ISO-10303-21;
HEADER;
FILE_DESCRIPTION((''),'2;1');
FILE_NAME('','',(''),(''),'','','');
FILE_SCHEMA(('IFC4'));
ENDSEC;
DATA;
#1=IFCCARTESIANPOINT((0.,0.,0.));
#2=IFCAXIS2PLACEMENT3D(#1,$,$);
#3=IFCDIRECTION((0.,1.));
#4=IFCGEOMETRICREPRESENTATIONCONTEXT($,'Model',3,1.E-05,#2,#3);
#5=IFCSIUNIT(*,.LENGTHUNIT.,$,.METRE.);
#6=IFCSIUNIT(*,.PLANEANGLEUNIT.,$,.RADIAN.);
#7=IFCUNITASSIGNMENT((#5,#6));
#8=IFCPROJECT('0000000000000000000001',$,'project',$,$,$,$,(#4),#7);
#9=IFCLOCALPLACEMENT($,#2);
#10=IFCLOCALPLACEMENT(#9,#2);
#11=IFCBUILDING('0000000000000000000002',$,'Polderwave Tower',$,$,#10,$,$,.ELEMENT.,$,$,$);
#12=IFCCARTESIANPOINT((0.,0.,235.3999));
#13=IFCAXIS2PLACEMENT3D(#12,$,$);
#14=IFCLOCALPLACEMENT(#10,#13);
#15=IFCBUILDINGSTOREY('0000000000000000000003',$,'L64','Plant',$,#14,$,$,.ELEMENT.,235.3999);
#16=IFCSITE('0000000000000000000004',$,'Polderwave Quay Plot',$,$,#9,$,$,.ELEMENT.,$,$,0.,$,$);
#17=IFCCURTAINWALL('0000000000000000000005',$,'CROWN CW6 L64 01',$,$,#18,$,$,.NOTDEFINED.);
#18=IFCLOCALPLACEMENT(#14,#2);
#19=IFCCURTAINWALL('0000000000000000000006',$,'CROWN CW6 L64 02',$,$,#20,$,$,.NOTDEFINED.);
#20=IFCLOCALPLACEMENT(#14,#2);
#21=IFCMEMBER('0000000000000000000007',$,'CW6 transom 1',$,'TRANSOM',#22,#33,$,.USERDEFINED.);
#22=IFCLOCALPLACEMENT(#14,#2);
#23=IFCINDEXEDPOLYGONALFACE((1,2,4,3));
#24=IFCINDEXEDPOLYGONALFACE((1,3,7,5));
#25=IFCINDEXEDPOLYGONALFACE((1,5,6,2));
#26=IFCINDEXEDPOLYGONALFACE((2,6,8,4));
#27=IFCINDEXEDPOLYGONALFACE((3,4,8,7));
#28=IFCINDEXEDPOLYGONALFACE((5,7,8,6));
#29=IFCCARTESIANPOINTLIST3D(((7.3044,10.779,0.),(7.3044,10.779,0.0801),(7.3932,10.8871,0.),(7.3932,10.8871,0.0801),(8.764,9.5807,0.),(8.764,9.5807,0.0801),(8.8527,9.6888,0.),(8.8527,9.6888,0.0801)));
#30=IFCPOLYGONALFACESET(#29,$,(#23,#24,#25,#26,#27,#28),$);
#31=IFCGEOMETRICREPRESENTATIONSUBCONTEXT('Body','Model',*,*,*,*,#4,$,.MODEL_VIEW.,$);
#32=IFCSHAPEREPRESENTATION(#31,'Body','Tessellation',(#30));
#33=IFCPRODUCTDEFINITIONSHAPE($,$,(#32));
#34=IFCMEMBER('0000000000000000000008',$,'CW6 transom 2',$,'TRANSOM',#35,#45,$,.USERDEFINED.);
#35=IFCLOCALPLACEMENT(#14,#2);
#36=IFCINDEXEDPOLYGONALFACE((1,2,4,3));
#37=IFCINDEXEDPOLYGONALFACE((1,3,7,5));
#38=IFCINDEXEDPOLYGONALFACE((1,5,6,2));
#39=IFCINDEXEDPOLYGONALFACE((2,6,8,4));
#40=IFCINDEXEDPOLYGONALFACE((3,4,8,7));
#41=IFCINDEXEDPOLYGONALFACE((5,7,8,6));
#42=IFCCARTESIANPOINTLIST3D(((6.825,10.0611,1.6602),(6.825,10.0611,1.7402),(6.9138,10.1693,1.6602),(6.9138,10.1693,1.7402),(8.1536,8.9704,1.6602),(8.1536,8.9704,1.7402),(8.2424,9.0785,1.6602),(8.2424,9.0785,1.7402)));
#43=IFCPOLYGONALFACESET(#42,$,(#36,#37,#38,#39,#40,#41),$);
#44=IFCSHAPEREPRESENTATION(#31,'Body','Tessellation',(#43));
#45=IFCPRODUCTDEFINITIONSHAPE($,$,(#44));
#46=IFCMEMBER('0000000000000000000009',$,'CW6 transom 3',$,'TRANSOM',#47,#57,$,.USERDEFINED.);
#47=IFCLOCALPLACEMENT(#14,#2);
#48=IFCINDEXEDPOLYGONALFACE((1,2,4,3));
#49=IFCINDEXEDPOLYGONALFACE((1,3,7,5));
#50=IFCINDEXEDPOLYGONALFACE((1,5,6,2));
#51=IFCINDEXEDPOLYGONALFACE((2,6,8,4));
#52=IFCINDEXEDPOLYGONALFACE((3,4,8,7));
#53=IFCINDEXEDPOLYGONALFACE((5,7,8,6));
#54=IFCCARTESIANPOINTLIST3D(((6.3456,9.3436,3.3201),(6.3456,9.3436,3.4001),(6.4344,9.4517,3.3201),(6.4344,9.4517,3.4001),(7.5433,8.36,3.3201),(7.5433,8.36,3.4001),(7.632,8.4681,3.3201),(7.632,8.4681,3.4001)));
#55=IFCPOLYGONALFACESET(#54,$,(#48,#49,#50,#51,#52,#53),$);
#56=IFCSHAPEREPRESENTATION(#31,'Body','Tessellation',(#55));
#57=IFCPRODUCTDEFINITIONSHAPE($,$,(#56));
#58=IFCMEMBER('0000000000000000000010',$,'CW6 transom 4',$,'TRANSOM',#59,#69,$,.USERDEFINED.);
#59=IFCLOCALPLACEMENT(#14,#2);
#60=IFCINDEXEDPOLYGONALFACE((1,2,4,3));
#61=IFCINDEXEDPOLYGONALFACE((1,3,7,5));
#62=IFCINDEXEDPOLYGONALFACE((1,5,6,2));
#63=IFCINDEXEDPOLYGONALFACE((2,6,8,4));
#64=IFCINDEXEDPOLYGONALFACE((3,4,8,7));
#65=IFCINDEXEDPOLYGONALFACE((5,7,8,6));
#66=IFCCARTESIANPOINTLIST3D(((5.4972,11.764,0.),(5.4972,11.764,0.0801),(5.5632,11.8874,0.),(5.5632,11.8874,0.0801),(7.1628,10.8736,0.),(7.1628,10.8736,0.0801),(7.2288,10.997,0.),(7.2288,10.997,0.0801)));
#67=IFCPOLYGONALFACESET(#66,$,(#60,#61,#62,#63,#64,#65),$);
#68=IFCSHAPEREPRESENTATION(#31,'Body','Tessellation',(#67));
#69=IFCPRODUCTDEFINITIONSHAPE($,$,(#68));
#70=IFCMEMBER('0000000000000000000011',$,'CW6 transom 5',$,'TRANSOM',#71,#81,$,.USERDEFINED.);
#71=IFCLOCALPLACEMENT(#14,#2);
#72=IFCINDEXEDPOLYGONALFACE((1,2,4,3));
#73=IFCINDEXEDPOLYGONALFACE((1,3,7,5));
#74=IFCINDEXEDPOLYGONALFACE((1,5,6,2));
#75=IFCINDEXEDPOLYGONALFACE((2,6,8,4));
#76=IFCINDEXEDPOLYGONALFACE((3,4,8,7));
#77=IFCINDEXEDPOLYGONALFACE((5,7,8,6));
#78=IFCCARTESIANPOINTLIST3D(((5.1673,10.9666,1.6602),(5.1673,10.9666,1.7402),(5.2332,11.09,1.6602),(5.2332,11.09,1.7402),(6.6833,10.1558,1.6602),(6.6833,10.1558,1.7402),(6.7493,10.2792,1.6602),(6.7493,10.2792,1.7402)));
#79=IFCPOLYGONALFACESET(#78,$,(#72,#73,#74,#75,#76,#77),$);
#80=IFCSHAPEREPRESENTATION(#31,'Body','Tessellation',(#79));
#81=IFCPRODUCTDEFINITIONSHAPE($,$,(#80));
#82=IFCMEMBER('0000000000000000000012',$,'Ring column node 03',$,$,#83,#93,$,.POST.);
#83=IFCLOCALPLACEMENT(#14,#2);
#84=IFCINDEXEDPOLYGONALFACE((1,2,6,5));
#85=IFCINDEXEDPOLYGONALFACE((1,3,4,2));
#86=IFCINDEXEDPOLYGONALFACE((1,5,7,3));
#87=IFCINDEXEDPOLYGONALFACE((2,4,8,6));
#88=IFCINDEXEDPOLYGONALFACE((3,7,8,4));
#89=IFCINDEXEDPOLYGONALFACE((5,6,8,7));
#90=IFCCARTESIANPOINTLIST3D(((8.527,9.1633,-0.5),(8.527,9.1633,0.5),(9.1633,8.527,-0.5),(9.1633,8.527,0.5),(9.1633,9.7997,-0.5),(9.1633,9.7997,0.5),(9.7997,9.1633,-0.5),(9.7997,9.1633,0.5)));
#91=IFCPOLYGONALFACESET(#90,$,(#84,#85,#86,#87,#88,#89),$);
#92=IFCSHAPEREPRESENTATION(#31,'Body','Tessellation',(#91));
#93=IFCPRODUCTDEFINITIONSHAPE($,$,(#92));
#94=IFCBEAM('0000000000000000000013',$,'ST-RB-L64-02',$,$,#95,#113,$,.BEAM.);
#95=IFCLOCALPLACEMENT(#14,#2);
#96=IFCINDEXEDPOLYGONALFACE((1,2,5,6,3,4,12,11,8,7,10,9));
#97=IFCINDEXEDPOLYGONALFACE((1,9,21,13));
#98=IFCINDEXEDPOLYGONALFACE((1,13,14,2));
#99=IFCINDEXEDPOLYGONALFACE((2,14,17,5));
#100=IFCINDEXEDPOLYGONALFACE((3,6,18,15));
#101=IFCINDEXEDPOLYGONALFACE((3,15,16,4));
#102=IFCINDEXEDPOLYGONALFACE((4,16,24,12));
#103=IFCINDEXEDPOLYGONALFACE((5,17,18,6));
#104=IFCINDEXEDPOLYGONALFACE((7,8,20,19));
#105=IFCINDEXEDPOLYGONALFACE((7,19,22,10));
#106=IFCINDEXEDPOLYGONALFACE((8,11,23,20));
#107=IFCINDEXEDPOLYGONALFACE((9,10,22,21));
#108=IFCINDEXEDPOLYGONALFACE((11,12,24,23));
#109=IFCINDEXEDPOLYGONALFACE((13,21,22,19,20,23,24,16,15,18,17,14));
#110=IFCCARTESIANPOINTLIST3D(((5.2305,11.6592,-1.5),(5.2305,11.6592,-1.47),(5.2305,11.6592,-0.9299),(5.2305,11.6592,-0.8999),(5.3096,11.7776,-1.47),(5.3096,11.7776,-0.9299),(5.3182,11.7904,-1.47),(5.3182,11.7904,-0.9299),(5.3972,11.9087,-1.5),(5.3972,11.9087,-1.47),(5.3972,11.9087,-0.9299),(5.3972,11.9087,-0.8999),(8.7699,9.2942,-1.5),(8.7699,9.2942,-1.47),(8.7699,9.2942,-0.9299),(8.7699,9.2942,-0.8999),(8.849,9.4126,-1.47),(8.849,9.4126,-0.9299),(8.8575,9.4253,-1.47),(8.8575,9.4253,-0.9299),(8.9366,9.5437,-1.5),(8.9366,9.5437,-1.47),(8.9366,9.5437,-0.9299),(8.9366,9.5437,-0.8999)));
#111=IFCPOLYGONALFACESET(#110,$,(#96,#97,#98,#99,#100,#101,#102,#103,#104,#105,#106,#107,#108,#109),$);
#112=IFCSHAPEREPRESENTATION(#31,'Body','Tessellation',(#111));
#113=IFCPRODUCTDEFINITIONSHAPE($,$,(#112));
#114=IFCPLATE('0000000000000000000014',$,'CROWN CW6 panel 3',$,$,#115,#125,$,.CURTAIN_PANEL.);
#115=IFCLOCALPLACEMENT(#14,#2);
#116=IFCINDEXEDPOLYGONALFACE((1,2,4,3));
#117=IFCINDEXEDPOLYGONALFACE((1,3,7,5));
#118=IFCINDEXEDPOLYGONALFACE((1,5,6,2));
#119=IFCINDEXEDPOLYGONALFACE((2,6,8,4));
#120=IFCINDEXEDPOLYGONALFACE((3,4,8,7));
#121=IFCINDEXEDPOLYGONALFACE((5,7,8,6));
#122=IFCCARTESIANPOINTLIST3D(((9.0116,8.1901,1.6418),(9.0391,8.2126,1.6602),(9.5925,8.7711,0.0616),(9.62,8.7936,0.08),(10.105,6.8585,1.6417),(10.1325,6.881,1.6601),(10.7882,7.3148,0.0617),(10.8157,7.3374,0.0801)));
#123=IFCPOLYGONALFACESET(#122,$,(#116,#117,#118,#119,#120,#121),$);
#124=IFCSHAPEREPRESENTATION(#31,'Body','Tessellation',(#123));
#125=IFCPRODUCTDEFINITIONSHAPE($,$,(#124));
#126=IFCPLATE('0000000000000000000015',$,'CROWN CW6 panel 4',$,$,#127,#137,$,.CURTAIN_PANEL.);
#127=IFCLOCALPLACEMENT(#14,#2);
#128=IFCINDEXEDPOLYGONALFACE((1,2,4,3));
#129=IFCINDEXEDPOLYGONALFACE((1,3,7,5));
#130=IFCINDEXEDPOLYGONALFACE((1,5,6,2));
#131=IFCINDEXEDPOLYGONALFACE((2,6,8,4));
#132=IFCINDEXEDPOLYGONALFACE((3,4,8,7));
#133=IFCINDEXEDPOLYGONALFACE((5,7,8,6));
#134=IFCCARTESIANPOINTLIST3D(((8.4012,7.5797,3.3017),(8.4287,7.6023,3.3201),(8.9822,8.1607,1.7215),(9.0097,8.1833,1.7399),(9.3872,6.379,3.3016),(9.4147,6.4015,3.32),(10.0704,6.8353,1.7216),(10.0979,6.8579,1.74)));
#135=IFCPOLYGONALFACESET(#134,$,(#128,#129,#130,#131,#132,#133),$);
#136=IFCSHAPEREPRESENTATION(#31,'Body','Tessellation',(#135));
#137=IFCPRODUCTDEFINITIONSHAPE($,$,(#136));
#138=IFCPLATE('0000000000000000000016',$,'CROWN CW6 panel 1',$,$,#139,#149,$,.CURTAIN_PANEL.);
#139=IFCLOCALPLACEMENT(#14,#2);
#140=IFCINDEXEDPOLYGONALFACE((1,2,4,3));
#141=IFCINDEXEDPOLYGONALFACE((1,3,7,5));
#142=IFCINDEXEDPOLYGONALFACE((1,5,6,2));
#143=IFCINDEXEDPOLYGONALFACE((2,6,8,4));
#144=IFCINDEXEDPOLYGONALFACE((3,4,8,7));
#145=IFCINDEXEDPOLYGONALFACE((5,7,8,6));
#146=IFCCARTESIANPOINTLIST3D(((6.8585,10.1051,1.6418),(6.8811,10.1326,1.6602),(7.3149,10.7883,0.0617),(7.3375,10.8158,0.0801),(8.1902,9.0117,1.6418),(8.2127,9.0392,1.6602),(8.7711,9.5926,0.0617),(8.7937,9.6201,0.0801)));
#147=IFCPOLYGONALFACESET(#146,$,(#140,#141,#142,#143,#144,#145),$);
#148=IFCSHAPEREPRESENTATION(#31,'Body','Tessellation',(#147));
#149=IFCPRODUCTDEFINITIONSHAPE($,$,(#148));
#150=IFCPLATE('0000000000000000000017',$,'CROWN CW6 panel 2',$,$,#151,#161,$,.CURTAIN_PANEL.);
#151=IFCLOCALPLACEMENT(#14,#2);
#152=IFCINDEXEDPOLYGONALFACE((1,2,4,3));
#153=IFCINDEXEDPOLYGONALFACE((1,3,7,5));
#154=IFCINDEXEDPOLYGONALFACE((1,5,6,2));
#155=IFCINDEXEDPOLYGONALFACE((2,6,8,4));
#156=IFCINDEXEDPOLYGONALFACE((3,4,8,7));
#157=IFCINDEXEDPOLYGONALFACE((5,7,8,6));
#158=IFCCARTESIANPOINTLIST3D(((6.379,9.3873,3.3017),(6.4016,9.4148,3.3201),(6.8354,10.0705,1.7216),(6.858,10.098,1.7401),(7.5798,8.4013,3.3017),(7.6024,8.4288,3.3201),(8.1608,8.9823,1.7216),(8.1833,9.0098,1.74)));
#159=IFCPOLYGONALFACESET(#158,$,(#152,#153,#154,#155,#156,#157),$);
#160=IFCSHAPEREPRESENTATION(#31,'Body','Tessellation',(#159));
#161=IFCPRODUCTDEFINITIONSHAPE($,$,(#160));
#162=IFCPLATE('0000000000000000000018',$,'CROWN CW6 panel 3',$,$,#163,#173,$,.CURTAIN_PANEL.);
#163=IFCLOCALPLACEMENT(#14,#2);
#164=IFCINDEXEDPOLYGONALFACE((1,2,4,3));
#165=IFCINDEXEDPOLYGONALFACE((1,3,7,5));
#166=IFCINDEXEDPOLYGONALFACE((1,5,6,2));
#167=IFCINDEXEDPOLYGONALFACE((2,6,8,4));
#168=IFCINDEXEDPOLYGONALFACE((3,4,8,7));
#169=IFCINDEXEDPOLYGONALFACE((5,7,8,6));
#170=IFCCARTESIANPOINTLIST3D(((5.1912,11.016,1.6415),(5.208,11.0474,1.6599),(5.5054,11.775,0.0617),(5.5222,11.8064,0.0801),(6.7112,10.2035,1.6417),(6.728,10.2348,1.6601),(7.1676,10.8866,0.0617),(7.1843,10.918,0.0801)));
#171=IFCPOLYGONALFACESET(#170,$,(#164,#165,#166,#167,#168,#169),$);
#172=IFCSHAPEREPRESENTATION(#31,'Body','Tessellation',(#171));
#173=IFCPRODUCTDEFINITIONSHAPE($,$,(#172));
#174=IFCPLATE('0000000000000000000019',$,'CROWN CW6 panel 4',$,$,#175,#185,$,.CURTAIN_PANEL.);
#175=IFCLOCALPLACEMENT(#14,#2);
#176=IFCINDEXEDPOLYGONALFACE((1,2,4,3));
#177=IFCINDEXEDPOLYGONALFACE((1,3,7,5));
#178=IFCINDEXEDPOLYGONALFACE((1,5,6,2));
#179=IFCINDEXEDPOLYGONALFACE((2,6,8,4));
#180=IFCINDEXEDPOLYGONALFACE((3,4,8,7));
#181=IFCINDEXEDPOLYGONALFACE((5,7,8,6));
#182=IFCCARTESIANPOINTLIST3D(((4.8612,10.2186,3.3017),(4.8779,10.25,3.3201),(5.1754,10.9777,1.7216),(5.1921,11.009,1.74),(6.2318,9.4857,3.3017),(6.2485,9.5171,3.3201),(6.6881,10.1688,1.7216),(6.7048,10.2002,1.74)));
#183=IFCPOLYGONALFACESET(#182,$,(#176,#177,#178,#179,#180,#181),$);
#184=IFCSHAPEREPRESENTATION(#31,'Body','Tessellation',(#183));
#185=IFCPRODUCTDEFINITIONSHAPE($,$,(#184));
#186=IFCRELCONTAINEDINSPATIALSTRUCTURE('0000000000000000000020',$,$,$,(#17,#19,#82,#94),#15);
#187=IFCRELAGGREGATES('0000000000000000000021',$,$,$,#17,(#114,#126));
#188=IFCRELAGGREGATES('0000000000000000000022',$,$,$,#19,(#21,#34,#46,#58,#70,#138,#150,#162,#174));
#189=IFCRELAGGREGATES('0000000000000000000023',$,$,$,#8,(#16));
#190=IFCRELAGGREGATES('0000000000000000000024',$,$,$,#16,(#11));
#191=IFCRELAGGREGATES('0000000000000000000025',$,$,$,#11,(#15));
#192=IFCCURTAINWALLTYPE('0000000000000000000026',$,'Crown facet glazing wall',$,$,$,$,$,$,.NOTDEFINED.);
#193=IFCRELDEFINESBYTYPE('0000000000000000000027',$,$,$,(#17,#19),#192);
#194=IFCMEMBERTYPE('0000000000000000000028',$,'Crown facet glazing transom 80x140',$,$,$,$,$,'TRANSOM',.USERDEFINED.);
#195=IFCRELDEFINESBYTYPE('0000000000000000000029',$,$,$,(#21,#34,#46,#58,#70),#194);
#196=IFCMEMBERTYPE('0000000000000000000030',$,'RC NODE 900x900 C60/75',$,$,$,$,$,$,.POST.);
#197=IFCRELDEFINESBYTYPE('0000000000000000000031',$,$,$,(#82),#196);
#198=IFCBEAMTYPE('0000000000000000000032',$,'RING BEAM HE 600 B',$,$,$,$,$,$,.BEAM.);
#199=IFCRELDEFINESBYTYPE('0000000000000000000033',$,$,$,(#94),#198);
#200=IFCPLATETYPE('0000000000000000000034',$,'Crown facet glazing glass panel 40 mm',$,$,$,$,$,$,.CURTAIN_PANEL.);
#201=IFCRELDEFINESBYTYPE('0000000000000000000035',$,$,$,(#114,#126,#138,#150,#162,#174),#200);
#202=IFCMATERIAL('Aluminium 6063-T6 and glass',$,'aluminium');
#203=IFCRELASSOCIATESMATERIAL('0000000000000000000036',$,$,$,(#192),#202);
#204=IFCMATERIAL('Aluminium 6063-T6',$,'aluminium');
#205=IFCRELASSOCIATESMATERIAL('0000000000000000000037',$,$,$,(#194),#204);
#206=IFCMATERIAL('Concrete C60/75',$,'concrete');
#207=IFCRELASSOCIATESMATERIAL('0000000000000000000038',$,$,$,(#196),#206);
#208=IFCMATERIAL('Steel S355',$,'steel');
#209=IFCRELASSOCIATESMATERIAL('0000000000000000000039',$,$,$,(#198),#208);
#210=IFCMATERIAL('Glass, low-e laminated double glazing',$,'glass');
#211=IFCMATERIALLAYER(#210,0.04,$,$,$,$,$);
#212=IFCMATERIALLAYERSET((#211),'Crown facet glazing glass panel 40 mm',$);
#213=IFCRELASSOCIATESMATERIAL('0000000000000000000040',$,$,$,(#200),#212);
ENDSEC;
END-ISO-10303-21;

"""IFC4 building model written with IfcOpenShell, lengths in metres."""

from ifc_helpers import new_model, si_unit, direction, frame, origin, origin_2d, place, context, subcontext, project, spatial, polyline, rectangle, i_section, outline, extrude, material, layer, layer_set, material_profile, profile_set, type_object, element, aggregate, save


model = new_model("IFC4")

# Units and contexts
model_context = context("Model", 3, precision=1e-05, world=origin(), true_north=direction((0.0, 1.0)))
body_context = subcontext(model_context, "Body", "Model", "MODEL_VIEW")
ifc_project = project(units=[si_unit("LENGTHUNIT", "METRE"), si_unit("PLANEANGLEUNIT", "RADIAN")], contexts=[model_context])

# Site, building, storey
site_placement = place(None, origin())
site = spatial("IfcSite", under=ifc_project, at=site_placement, Name="Polderwave Quay Plot", CompositionType="ELEMENT", RefElevation=0.0)
building_placement = place(site_placement, origin())
building = spatial("IfcBuilding", under=site, at=building_placement, Name="Polderwave Tower", CompositionType="ELEMENT")
storey_placement = place(building_placement, frame((0.0, 0.0, 235.3999)))
storey = spatial("IfcBuildingStorey", under=building, at=storey_placement, Name="L64", Description="Plant", CompositionType="ELEMENT", Elevation=235.3999)

# Shared definitions
ifc_material_1 = material(Name="Concrete C60/75", Category="concrete")

# Curtain walls
ifc_material_2 = material(Name="Aluminium 6063-T6 and glass", Category="aluminium")
curtain_wall_type = type_object("IfcCurtainWallType", Name="Crown facet glazing wall", PredefinedType="NOTDEFINED", material=ifc_material_2)
curtain_wall_1_placement = place(storey_placement, origin())
curtain_wall_1 = element("IfcCurtainWall", 1, at=curtain_wall_1_placement, inside=storey, type_object=curtain_wall_type, Name="CROWN CW6 L64 01", PredefinedType="NOTDEFINED")
ifc_material_3 = material(Name="Aluminium 6063-T6", Category="aluminium")
curtain_wall_2_placement = place(storey_placement, origin())
curtain_wall_2 = element("IfcCurtainWall", 2, at=curtain_wall_2_placement, inside=storey, type_object=curtain_wall_type, Name="CROWN CW6 L64 02", PredefinedType="NOTDEFINED")

# Members
ifc_material_profile_1 = material_profile(ifc_material_3, rectangle(XDim=0.1399, YDim=0.0801, at=origin_2d()), Name="AL 80x140")
ifc_profile_set_1 = profile_set([ifc_material_profile_1], Name="Aluminium 6063-T6")
member_type_1 = type_object("IfcMemberType", Name="Crown facet glazing transom 80x140", ElementType="TRANSOM", PredefinedType="USERDEFINED", material=ifc_profile_set_1)
member_1_placement = place(storey_placement, frame((8.8083, 9.6348, 0.04), z_axis=(-0.772885, 0.634546, 0.0), x_axis=(-0.634546, -0.772885, 0.0)))
member_1 = element("IfcMember", 3, at=member_1_placement, type_object=member_type_1, Name="CW6 transom 1", ObjectType="TRANSOM", PredefinedType="USERDEFINED", context=body_context, shape_type="SweptSolid", body=[
    extrude(rectangle(XDim=0.1399, YDim=0.0801, at=origin_2d()), origin(), (0.0, 0.0, 1.0), 1.8884),
])
member_2_placement = place(storey_placement, frame((8.198, 9.0244, 1.7002), z_axis=(-0.77288, 0.634552, 0.0), x_axis=(-0.634552, -0.77288, 0.0)))
member_2 = element("IfcMember", 4, at=member_2_placement, type_object=member_type_1, Name="CW6 transom 2", ObjectType="TRANSOM", PredefinedType="USERDEFINED", context=body_context, shape_type="SweptSolid", body=[
    extrude(rectangle(XDim=0.1399, YDim=0.0801, at=origin_2d()), origin(), (0.0, 0.0, 1.0), 1.719),
])
member_3_placement = place(storey_placement, frame((7.5876, 8.4141, 3.3601), z_axis=(-0.772798, 0.634652, 0.0), x_axis=(-0.634652, -0.772798, 0.0)))
member_3 = element("IfcMember", 5, at=member_3_placement, type_object=member_type_1, Name="CW6 transom 3", ObjectType="TRANSOM", PredefinedType="USERDEFINED", context=body_context, shape_type="SweptSolid", body=[
    extrude(rectangle(XDim=0.1399, YDim=0.0801, at=origin_2d()), origin(), (0.0, 0.0, 1.0), 1.5498),
])
member_4_placement = place(storey_placement, frame((7.1958, 10.9353, 0.04), z_axis=(-0.881891, 0.471454, 0.0), x_axis=(-0.471454, -0.881891, 0.0)))
member_4 = element("IfcMember", 6, at=member_4_placement, type_object=member_type_1, Name="CW6 transom 4", ObjectType="TRANSOM", PredefinedType="USERDEFINED", context=body_context, shape_type="SweptSolid", body=[
    extrude(rectangle(XDim=0.1399, YDim=0.0801, at=origin_2d()), origin(), (0.0, 0.0, 1.0), 1.8887),
])
member_5_placement = place(storey_placement, frame((6.7163, 10.2175, 1.7002), z_axis=(-0.881822, 0.471583, 0.0), x_axis=(-0.471583, -0.881822, 0.0)))
member_5 = element("IfcMember", 7, at=member_5_placement, type_object=member_type_1, Name="CW6 transom 5", ObjectType="TRANSOM", PredefinedType="USERDEFINED", context=body_context, shape_type="SweptSolid", body=[
    extrude(rectangle(XDim=0.1399, YDim=0.0801, at=origin_2d()), origin(), (0.0, 0.0, 1.0), 1.7192),
])
ifc_material_profile_2 = material_profile(ifc_material_1, rectangle(XDim=0.8999, YDim=0.8999, at=origin_2d()), Name="RC 900x900")
ifc_profile_set_2 = profile_set([ifc_material_profile_2], Name="Concrete C60/75")
member_type_2 = type_object("IfcMemberType", Name="RC NODE 900x900 C60/75", PredefinedType="POST", material=ifc_profile_set_2)
member_6_placement = place(storey_placement, frame((9.1633, 9.1633, -0.5), z_axis=(0.0, 0.0, 1.0), x_axis=(0.707107, 0.707107, 0.0)))
element("IfcMember", 8, at=member_6_placement, inside=storey, type_object=member_type_2, Name="Ring column node 03", PredefinedType="POST", context=body_context, shape_type="SweptSolid", body=[
    extrude(rectangle(XDim=0.8999, YDim=0.8999, at=origin_2d()), origin(), (0.0, 0.0, 1.0), 1.0),
])

# Beam
ifc_material_4 = material(Name="Steel S355", Category="steel")
ifc_material_profile_3 = material_profile(ifc_material_4, i_section(OverallWidth=0.3, OverallDepth=0.6001, WebThickness=0.0154, FlangeThickness=0.03, at=origin_2d()), Name="HE 600 B")
ifc_profile_set_3 = profile_set([ifc_material_profile_3], Name="Steel S355")
beam_type = type_object("IfcBeamType", Name="RING BEAM HE 600 B", PredefinedType="BEAM", material=ifc_profile_set_3)
beam_placement = place(storey_placement, frame((8.8533, 9.4189, -1.2), z_axis=(-0.831459, 0.555587, 0.0), x_axis=(-0.555587, -0.831459, 0.0)))
element("IfcBeam", 9, at=beam_placement, inside=storey, type_object=beam_type, Name="ST-RB-L64-02", PredefinedType="BEAM", context=body_context, shape_type="SweptSolid", body=[
    extrude(i_section(OverallWidth=0.3, OverallDepth=0.6001, WebThickness=0.0154, FlangeThickness=0.03, at=origin_2d()), origin(), (0.0, 0.0, 1.0), 4.2568),
])

# Plates
ifc_material_5 = material(Name="Glass, low-e laminated double glazing", Category="glass")
ifc_layer_1 = layer(ifc_material_5, 0.04)
ifc_layer_set_1 = layer_set([ifc_layer_1], Name="Crown facet glazing glass panel 40 mm")
plate_type = type_object("IfcPlateType", Name="Crown facet glazing glass panel 40 mm", PredefinedType="CURTAIN_PANEL", material=ifc_layer_set_1)
plate_1_placement = place(storey_placement, frame((10.8157, 7.3374, 0.0801), z_axis=(0.686399, 0.563593, 0.459586), x_axis=(-0.634569, 0.772866, -0.000032)))
plate_1 = element("IfcPlate", 10, at=plate_1_placement, type_object=plate_type, Name="CROWN CW6 panel 3", PredefinedType="CURTAIN_PANEL", context=body_context, shape_type="SweptSolid", body=[
    extrude(outline(polyline([(0.0, 0.0), (1.8842, 0.0), (1.8038, 1.7792), (0.0808, 1.779), (0.0, 0.0)])), origin(), (0.0, 0.0, -1.0), 0.04),
])
plate_2_placement = place(storey_placement, frame((10.0979, 6.8579, 1.74), z_axis=(0.686392, 0.563602, 0.459586), x_axis=(-0.634577, 0.77286, -0.000036)))
plate_2 = element("IfcPlate", 11, at=plate_2_placement, type_object=plate_type, Name="CROWN CW6 panel 4", PredefinedType="CURTAIN_PANEL", context=body_context, shape_type="SweptSolid", body=[
    extrude(outline(polyline([(0.0, 0.0), (1.7149, 0.0), (1.6345, 1.7792), (0.0808, 1.779), (0.0, 0.0)])), origin(), (0.0, 0.0, -1.0), 0.04),
])
aggregate(curtain_wall_1, [plate_1, plate_2])
plate_3_placement = place(storey_placement, frame((8.7937, 9.6201, 0.0801), z_axis=(0.563593, 0.686399, 0.459586), x_axis=(-0.772866, 0.634569, 0.000032)))
plate_3 = element("IfcPlate", 12, at=plate_3_placement, type_object=plate_type, Name="CROWN CW6 panel 1", PredefinedType="CURTAIN_PANEL", context=body_context, shape_type="SweptSolid", body=[
    extrude(outline(polyline([(0.0, 0.0), (1.8842, 0.0), (1.8034, 1.779), (0.0804, 1.7792), (0.0, 0.0)])), origin(), (0.0, 0.0, -1.0), 0.04),
])
plate_4_placement = place(storey_placement, frame((8.1833, 9.0098, 1.74), z_axis=(0.563602, 0.686392, 0.459586), x_axis=(-0.77286, 0.634577, 0.000036)))
plate_4 = element("IfcPlate", 13, at=plate_4_placement, type_object=plate_type, Name="CROWN CW6 panel 2", PredefinedType="CURTAIN_PANEL", context=body_context, shape_type="SweptSolid", body=[
    extrude(outline(polyline([(0.0, 0.0), (1.7149, 0.0), (1.6341, 1.779), (0.0804, 1.7792), (0.0, 0.0)])), origin(), (0.0, 0.0, -1.0), 0.04),
])
plate_5_placement = place(storey_placement, frame((7.1843, 10.918, 0.0801), z_axis=(0.41865, 0.783284, 0.459563), x_axis=(-0.88193, 0.471381, -0.000012)))
plate_5 = element("IfcPlate", 14, at=plate_5_placement, type_object=plate_type, Name="CROWN CW6 panel 3", PredefinedType="CURTAIN_PANEL", context=body_context, shape_type="SweptSolid", body=[
    extrude(outline(polyline([(0.0, 0.0), (1.8847, 0.0), (1.8039, 1.7788), (0.0804, 1.7791), (0.0, 0.0)])), origin(), (0.0, 0.0, -1.0), 0.04),
])
plate_6_placement = place(storey_placement, frame((6.7048, 10.2002, 1.74), z_axis=(0.418801, 0.78322, 0.459535), x_axis=(-0.881847, 0.471535, 0.000005)))
plate_6 = element("IfcPlate", 15, at=plate_6_placement, type_object=plate_type, Name="CROWN CW6 panel 4", PredefinedType="CURTAIN_PANEL", context=body_context, shape_type="SweptSolid", body=[
    extrude(outline(polyline([(0.0, 0.0), (1.7154, 0.0), (1.6345, 1.779), (0.0803, 1.7791), (0.0, 0.0)])), origin(), (0.0, 0.0, -1.0), 0.04),
])
aggregate(curtain_wall_2, [member_1, member_2, member_3, member_4, member_5, plate_3, plate_4, plate_5, plate_6])

save(model, "model.ifc")
